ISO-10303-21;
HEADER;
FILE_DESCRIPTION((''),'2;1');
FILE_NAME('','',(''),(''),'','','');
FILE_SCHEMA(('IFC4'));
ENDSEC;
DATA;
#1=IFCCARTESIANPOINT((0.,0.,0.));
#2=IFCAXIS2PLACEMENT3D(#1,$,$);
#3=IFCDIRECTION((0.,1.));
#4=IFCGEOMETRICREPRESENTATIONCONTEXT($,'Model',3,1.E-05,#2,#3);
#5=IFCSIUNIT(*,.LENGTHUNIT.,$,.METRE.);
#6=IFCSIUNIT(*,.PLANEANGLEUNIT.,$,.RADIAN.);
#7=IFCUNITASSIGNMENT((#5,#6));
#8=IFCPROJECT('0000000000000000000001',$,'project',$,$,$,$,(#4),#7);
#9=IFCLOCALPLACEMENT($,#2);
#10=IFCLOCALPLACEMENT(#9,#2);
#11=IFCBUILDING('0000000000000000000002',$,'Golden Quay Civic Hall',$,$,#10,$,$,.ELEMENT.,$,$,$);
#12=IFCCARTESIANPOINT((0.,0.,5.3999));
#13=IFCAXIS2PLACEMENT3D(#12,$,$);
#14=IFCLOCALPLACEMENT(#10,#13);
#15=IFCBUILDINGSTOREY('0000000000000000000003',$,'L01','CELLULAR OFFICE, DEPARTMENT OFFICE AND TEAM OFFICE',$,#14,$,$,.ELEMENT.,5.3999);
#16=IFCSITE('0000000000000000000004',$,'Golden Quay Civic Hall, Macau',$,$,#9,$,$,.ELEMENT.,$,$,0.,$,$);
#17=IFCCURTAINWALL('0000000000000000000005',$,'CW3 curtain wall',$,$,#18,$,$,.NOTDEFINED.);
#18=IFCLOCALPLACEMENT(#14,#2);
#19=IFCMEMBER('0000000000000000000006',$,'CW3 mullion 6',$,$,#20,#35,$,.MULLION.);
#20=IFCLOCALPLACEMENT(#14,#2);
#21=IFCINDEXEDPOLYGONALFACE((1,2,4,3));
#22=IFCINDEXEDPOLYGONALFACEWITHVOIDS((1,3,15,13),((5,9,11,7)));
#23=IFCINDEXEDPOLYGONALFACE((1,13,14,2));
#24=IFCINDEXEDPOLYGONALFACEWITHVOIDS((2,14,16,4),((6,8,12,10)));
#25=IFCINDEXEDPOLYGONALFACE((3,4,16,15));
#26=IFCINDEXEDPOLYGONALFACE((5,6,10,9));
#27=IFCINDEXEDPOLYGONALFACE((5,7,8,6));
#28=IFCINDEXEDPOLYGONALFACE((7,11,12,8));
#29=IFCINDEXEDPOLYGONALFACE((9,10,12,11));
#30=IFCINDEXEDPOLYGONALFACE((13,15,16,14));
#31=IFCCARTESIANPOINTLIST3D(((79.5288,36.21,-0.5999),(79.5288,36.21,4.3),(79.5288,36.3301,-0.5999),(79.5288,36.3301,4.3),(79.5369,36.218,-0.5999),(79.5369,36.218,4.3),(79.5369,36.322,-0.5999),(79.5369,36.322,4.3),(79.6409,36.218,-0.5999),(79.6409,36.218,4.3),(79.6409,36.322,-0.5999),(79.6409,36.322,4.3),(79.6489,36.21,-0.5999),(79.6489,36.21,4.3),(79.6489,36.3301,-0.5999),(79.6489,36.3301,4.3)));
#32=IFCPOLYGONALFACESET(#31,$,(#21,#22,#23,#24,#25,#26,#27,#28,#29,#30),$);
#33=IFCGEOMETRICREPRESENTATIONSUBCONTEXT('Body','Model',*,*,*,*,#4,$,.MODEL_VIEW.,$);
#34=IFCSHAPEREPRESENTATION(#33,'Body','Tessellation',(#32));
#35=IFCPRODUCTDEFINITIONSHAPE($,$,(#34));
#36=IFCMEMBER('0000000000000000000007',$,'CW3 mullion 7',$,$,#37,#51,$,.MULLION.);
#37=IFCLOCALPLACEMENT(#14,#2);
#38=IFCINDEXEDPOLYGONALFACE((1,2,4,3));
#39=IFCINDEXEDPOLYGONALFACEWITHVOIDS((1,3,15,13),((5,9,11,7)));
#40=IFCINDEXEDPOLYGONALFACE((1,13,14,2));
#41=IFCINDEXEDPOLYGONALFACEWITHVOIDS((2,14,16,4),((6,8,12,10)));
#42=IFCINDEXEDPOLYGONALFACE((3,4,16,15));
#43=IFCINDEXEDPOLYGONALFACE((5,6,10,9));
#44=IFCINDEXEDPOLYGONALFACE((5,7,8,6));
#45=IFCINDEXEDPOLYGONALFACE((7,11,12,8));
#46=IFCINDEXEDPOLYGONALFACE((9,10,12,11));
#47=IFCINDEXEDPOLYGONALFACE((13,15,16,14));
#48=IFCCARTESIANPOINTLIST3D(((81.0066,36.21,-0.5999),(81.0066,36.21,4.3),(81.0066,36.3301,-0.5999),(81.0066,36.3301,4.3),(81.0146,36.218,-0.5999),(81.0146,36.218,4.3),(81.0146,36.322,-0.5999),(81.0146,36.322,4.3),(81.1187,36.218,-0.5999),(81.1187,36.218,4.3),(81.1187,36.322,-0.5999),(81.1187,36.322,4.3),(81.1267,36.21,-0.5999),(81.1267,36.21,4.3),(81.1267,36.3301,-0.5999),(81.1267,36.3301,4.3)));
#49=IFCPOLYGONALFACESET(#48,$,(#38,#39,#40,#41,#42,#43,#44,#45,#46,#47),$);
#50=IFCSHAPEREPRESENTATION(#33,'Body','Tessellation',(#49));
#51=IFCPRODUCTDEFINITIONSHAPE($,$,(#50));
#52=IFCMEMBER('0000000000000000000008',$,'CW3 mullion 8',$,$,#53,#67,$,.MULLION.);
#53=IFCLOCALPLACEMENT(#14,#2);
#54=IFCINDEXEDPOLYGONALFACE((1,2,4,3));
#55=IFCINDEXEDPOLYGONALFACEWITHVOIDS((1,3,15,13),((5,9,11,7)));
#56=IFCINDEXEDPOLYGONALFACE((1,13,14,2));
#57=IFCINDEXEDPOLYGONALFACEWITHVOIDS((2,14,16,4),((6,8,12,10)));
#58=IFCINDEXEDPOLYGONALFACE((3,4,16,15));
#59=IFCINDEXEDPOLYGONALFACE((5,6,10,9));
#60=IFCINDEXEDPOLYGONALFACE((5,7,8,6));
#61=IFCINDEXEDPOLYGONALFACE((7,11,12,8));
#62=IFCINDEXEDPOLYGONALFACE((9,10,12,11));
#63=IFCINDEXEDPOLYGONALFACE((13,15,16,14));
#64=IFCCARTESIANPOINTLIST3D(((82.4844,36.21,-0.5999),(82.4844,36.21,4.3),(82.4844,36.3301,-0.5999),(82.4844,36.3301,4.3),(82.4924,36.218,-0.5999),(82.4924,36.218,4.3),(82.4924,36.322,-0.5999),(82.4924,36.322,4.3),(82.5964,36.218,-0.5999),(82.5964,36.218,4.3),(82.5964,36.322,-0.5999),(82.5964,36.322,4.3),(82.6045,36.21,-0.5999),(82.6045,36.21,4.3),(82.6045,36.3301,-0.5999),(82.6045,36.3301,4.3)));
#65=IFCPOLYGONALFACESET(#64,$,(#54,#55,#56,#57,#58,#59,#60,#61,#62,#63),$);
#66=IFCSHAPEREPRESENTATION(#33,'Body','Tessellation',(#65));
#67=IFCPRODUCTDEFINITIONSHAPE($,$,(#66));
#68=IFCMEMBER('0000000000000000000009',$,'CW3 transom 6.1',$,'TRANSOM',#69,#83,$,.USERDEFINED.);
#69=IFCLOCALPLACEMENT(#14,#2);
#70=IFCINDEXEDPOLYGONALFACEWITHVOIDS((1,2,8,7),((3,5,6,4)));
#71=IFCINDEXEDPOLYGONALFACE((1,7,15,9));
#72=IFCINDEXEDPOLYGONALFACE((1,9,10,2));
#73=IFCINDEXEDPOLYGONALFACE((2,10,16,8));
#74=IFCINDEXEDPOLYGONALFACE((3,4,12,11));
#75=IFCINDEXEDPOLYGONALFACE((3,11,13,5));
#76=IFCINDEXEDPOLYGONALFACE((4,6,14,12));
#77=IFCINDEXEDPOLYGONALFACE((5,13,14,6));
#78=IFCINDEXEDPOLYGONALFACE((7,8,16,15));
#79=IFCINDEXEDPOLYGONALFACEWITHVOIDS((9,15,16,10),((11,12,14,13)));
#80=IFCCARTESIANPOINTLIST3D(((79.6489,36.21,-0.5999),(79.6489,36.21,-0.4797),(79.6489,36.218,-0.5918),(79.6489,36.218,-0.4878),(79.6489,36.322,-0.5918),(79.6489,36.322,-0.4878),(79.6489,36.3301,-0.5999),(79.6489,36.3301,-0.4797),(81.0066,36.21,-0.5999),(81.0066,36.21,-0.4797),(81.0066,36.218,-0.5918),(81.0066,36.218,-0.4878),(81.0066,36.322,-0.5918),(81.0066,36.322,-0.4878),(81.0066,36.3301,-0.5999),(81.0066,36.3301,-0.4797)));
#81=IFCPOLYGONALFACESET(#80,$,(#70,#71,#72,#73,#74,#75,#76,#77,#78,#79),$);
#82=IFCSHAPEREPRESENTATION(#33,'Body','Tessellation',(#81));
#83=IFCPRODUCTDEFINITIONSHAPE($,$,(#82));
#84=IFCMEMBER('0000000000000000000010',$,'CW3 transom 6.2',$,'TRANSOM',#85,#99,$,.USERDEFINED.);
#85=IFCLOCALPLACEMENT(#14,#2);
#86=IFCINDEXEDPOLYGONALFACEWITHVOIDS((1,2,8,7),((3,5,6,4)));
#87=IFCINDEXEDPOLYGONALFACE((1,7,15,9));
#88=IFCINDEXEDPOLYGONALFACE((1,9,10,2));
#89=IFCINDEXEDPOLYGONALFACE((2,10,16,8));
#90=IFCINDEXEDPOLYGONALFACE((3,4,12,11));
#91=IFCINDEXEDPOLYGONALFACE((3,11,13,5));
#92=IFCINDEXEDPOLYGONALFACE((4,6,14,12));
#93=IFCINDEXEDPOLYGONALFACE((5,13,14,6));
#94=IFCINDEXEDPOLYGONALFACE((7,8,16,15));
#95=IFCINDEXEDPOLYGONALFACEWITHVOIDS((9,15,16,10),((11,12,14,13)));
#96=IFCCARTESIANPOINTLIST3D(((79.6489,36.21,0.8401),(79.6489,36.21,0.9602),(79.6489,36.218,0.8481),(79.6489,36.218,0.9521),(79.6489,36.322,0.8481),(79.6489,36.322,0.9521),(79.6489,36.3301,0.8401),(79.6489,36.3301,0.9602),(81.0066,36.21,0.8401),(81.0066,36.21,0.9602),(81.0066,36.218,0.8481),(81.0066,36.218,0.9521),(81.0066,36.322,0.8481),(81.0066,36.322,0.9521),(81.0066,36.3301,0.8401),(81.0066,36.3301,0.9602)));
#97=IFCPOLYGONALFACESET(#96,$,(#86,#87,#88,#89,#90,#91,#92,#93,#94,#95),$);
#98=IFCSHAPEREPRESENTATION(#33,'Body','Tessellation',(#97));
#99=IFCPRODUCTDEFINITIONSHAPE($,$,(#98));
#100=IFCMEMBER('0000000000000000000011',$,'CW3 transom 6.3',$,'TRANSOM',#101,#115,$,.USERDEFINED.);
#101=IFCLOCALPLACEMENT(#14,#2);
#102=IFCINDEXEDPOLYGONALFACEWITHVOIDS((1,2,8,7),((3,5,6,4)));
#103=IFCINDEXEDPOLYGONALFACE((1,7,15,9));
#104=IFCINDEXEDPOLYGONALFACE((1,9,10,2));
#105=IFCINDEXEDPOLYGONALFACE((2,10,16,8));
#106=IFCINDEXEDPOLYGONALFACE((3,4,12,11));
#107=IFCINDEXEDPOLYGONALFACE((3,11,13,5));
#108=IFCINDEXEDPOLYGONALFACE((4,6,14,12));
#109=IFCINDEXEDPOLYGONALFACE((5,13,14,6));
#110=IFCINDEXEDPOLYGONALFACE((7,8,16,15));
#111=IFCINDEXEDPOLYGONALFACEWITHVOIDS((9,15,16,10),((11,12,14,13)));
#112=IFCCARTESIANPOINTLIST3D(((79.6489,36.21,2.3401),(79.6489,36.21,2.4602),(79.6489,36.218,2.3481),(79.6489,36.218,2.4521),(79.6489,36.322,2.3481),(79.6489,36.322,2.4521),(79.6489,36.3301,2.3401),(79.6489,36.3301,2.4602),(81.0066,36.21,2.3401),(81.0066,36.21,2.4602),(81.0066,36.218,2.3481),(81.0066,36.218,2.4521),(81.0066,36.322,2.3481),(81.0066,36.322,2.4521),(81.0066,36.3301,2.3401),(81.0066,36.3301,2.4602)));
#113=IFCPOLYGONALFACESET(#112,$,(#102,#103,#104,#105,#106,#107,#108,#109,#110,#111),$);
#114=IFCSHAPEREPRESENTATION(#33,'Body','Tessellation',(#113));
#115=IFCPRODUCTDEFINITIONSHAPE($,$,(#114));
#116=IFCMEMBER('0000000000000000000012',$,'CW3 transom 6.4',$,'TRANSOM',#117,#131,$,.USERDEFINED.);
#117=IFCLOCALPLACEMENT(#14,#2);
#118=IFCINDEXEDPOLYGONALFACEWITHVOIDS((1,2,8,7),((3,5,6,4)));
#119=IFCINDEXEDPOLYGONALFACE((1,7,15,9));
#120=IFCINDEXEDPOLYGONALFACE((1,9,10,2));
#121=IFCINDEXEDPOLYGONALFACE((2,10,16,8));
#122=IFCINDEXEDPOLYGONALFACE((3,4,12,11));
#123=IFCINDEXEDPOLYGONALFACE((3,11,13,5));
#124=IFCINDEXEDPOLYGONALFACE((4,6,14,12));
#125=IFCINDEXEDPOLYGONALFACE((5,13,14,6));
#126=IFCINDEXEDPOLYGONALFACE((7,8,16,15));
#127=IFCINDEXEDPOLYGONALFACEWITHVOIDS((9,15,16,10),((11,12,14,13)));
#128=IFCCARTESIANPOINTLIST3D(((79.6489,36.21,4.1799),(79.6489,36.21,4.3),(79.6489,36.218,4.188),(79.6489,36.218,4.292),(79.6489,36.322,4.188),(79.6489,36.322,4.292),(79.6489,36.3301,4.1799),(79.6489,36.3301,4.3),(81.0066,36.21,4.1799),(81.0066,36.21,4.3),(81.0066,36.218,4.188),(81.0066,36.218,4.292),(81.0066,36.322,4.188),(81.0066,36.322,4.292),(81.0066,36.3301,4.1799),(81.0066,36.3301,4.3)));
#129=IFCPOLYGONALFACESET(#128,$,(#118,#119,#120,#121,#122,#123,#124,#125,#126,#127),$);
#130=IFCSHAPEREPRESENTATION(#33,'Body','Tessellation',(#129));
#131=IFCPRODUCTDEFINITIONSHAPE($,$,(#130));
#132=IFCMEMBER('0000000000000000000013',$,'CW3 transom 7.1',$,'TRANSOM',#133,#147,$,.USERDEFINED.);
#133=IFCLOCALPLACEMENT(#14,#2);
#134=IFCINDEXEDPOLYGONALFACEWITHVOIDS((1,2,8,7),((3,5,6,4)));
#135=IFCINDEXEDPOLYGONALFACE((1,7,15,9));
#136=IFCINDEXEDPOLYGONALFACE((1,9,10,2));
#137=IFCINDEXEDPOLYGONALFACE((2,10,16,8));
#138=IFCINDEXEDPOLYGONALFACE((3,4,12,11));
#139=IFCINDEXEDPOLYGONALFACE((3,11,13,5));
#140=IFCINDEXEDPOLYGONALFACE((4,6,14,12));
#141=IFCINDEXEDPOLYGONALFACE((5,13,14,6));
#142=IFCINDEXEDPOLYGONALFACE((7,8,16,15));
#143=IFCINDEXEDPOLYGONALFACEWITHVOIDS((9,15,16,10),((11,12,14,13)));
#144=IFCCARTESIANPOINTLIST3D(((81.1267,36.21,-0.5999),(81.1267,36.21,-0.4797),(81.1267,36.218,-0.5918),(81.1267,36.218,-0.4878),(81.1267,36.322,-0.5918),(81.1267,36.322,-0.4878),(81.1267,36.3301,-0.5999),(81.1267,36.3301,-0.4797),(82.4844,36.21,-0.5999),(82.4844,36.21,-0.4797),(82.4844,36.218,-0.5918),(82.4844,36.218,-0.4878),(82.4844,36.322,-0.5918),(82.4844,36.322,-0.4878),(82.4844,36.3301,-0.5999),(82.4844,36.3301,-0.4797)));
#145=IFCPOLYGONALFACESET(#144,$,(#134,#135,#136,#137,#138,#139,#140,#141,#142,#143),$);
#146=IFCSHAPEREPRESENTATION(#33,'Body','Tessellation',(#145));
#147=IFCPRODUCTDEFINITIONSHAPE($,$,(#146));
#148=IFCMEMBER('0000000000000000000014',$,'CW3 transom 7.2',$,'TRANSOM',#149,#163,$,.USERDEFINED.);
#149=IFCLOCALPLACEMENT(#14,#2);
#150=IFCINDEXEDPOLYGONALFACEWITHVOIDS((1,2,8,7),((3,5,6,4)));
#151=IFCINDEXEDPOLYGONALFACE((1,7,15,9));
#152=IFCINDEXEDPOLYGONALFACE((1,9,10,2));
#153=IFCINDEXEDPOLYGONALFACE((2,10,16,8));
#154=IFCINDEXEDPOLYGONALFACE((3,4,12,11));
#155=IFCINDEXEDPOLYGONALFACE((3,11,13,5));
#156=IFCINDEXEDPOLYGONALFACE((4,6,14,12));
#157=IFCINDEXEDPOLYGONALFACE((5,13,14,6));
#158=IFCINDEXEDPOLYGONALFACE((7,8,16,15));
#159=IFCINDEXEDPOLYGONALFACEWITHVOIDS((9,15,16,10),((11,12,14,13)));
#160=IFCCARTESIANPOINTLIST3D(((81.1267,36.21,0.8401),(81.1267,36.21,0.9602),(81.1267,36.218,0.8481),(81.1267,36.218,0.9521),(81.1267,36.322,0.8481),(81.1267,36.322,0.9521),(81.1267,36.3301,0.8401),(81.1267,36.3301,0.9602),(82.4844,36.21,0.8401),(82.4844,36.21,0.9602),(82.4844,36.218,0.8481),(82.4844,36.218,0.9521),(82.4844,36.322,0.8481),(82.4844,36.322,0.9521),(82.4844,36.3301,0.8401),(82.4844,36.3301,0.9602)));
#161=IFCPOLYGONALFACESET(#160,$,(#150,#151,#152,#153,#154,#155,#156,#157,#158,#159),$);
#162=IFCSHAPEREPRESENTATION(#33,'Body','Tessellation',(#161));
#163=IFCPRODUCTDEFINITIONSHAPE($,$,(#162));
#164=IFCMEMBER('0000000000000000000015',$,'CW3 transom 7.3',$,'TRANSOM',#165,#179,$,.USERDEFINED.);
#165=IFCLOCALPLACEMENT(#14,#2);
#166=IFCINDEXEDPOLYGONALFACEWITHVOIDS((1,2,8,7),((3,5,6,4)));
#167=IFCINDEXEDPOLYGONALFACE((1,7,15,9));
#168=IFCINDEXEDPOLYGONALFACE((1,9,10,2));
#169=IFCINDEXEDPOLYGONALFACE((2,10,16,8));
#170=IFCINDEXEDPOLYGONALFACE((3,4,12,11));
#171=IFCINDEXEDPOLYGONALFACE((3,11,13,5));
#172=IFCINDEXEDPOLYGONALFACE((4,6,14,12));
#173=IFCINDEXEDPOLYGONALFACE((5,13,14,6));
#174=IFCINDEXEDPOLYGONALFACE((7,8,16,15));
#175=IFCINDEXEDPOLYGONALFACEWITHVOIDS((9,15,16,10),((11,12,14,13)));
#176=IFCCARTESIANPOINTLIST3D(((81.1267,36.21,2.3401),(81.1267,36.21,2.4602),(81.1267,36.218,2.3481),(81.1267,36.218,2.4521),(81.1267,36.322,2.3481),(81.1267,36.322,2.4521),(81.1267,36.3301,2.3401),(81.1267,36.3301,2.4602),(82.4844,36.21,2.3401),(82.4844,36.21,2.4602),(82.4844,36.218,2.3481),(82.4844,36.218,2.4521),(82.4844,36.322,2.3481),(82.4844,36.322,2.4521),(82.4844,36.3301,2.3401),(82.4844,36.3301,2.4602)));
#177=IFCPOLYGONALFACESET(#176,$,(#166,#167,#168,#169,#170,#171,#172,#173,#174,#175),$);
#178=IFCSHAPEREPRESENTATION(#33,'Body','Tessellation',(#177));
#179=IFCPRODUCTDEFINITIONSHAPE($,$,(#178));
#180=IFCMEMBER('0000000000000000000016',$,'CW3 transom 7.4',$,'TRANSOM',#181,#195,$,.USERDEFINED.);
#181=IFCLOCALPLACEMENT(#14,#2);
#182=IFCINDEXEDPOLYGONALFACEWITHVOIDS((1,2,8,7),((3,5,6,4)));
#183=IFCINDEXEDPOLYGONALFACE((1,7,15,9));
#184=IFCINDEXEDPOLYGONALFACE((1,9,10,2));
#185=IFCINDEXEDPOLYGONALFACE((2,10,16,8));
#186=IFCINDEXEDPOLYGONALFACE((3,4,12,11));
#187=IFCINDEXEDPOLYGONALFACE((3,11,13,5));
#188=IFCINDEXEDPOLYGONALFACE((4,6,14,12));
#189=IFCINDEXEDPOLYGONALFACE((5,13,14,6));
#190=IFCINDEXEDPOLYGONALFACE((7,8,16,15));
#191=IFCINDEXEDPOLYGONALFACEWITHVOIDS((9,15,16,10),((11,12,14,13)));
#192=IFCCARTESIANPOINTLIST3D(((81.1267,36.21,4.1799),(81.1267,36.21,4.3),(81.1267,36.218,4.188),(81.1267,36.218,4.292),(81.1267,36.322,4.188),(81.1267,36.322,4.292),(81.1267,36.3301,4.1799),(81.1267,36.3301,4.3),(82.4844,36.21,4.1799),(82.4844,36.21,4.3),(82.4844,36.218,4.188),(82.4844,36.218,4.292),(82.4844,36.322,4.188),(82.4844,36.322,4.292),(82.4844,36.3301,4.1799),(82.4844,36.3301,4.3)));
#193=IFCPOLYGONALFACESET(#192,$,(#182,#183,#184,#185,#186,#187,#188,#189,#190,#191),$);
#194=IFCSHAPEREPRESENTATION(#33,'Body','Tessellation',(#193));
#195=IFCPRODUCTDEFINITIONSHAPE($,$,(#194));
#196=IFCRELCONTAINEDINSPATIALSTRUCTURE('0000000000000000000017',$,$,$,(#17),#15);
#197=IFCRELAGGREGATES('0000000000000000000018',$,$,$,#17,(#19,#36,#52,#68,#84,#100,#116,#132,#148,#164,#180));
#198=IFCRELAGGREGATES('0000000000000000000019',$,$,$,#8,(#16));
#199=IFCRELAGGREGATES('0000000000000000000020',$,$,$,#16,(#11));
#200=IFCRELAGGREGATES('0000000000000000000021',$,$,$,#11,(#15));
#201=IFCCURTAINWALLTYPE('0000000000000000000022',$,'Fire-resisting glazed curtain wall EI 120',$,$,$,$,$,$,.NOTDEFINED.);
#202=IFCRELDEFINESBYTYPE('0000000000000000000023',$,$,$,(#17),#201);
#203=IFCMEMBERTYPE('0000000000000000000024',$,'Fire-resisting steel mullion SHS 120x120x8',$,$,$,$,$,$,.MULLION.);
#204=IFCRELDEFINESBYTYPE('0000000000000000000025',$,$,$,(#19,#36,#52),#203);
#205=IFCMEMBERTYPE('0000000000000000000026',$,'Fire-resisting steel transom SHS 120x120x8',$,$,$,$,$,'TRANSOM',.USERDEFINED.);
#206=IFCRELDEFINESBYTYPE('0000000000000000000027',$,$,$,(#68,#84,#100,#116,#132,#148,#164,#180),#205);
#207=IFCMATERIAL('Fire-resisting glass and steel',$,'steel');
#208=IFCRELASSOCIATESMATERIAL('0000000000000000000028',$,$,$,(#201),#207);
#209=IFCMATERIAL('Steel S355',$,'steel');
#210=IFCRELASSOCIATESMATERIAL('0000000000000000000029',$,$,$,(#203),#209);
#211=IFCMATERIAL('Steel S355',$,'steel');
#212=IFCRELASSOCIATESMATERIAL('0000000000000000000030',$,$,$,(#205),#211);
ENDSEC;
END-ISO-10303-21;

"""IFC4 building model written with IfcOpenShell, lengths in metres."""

from ifc_helpers import new_model, si_unit, direction, frame, origin, origin_2d, place, context, subcontext, project, spatial, hollow_rectangle, extrude, material, material_profile, profile_set, type_object, element, aggregate, save


model = new_model("IFC4")

# Units and contexts
model_context = context("Model", 3, precision=1e-05, world=origin(), true_north=direction((0.0, 1.0)))
body_context = subcontext(model_context, "Body", "Model", "MODEL_VIEW")
ifc_project = project(units=[si_unit("LENGTHUNIT", "METRE"), si_unit("PLANEANGLEUNIT", "RADIAN")], contexts=[model_context])

# Site, building, storey
site_placement = place(None, origin())
site = spatial("IfcSite", under=ifc_project, at=site_placement, Name="Golden Quay Civic Hall, Macau", CompositionType="ELEMENT", RefElevation=0.0)
building_placement = place(site_placement, origin())
building = spatial("IfcBuilding", under=site, at=building_placement, Name="Golden Quay Civic Hall", CompositionType="ELEMENT")
storey_placement = place(building_placement, frame((0.0, 0.0, 5.3999)))
storey = spatial("IfcBuildingStorey", under=building, at=storey_placement, Name="L01", Description="CELLULAR OFFICE, DEPARTMENT OFFICE AND TEAM OFFICE", CompositionType="ELEMENT", Elevation=5.3999)

# Curtain wall, members
ifc_material_1 = material(Name="Fire-resisting glass and steel", Category="steel")
curtain_wall_type = type_object("IfcCurtainWallType", Name="Fire-resisting glazed curtain wall EI 120", PredefinedType="NOTDEFINED", material=ifc_material_1)
curtain_wall_placement = place(storey_placement, origin())
curtain_wall = element("IfcCurtainWall", 1, at=curtain_wall_placement, inside=storey, type_object=curtain_wall_type, Name="CW3 curtain wall", PredefinedType="NOTDEFINED")
ifc_material_2 = material(Name="Steel S355", Category="steel")
ifc_material_profile_1 = material_profile(ifc_material_2, hollow_rectangle(XDim=0.1201, YDim=0.1201, WallThickness=0.0081, at=origin_2d()), Name="SHS 120x120x8")
ifc_profile_set_1 = profile_set([ifc_material_profile_1], Name="Steel S355")
member_type_1 = type_object("IfcMemberType", Name="Fire-resisting steel mullion SHS 120x120x8", PredefinedType="MULLION", material=ifc_profile_set_1)
member_1_placement = place(storey_placement, frame((79.5889, 36.27, -0.5999), z_axis=(0.0, 0.0, 1.0), x_axis=(0.0, 1.0, 0.0)))
member_1 = element("IfcMember", 2, at=member_1_placement, type_object=member_type_1, Name="CW3 mullion 6", PredefinedType="MULLION", context=body_context, shape_type="SweptSolid", body=[
    extrude(hollow_rectangle(XDim=0.1201, YDim=0.1201, WallThickness=0.0081, at=origin_2d()), origin(), (0.0, 0.0, 1.0), 4.8999),
])
member_2_placement = place(storey_placement, frame((81.0667, 36.27, -0.5999), z_axis=(0.0, 0.0, 1.0), x_axis=(0.0, 1.0, 0.0)))
member_2 = element("IfcMember", 3, at=member_2_placement, type_object=member_type_1, Name="CW3 mullion 7", PredefinedType="MULLION", context=body_context, shape_type="SweptSolid", body=[
    extrude(hollow_rectangle(XDim=0.1201, YDim=0.1201, WallThickness=0.0081, at=origin_2d()), origin(), (0.0, 0.0, 1.0), 4.8999),
])
member_3_placement = place(storey_placement, frame((82.5444, 36.27, -0.5999), z_axis=(0.0, 0.0, 1.0), x_axis=(0.0, 1.0, 0.0)))
member_3 = element("IfcMember", 4, at=member_3_placement, type_object=member_type_1, Name="CW3 mullion 8", PredefinedType="MULLION", context=body_context, shape_type="SweptSolid", body=[
    extrude(hollow_rectangle(XDim=0.1201, YDim=0.1201, WallThickness=0.0081, at=origin_2d()), origin(), (0.0, 0.0, 1.0), 4.8999),
])
ifc_material_3 = material(Name="Steel S355", Category="steel")
ifc_material_profile_2 = material_profile(ifc_material_3, hollow_rectangle(XDim=0.1201, YDim=0.1201, WallThickness=0.0081, at=origin_2d()), Name="SHS 120x120x8")
ifc_profile_set_2 = profile_set([ifc_material_profile_2], Name="Steel S355")
member_type_2 = type_object("IfcMemberType", Name="Fire-resisting steel transom SHS 120x120x8", ElementType="TRANSOM", PredefinedType="USERDEFINED", material=ifc_profile_set_2)
member_4_placement = place(storey_placement, frame((79.6489, 36.27, -0.5398), z_axis=(1.0, 0.0, 0.0), x_axis=(0.0, 1.0, 0.0)))
member_4 = element("IfcMember", 5, at=member_4_placement, type_object=member_type_2, Name="CW3 transom 6.1", ObjectType="TRANSOM", PredefinedType="USERDEFINED", context=body_context, shape_type="SweptSolid", body=[
    extrude(hollow_rectangle(XDim=0.1201, YDim=0.1201, WallThickness=0.0081, at=origin_2d()), origin(), (0.0, 0.0, 1.0), 1.3577),
])
member_5_placement = place(storey_placement, frame((79.6489, 36.27, 0.9001), z_axis=(1.0, 0.0, 0.0), x_axis=(0.0, 1.0, 0.0)))
member_5 = element("IfcMember", 6, at=member_5_placement, type_object=member_type_2, Name="CW3 transom 6.2", ObjectType="TRANSOM", PredefinedType="USERDEFINED", context=body_context, shape_type="SweptSolid", body=[
    extrude(hollow_rectangle(XDim=0.1201, YDim=0.1201, WallThickness=0.0081, at=origin_2d()), origin(), (0.0, 0.0, 1.0), 1.3577),
])
member_6_placement = place(storey_placement, frame((79.6489, 36.27, 2.4001), z_axis=(1.0, 0.0, 0.0), x_axis=(0.0, 1.0, 0.0)))
member_6 = element("IfcMember", 7, at=member_6_placement, type_object=member_type_2, Name="CW3 transom 6.3", ObjectType="TRANSOM", PredefinedType="USERDEFINED", context=body_context, shape_type="SweptSolid", body=[
    extrude(hollow_rectangle(XDim=0.1201, YDim=0.1201, WallThickness=0.0081, at=origin_2d()), origin(), (0.0, 0.0, 1.0), 1.3577),
])
member_7_placement = place(storey_placement, frame((79.6489, 36.27, 4.24), z_axis=(1.0, 0.0, 0.0), x_axis=(0.0, 1.0, 0.0)))
member_7 = element("IfcMember", 8, at=member_7_placement, type_object=member_type_2, Name="CW3 transom 6.4", ObjectType="TRANSOM", PredefinedType="USERDEFINED", context=body_context, shape_type="SweptSolid", body=[
    extrude(hollow_rectangle(XDim=0.1201, YDim=0.1201, WallThickness=0.0081, at=origin_2d()), origin(), (0.0, 0.0, 1.0), 1.3577),
])
member_8_placement = place(storey_placement, frame((81.1267, 36.27, -0.5398), z_axis=(1.0, 0.0, 0.0), x_axis=(0.0, 1.0, 0.0)))
member_8 = element("IfcMember", 9, at=member_8_placement, type_object=member_type_2, Name="CW3 transom 7.1", ObjectType="TRANSOM", PredefinedType="USERDEFINED", context=body_context, shape_type="SweptSolid", body=[
    extrude(hollow_rectangle(XDim=0.1201, YDim=0.1201, WallThickness=0.0081, at=origin_2d()), origin(), (0.0, 0.0, 1.0), 1.3577),
])
member_9_placement = place(storey_placement, frame((81.1267, 36.27, 0.9001), z_axis=(1.0, 0.0, 0.0), x_axis=(0.0, 1.0, 0.0)))
member_9 = element("IfcMember", 10, at=member_9_placement, type_object=member_type_2, Name="CW3 transom 7.2", ObjectType="TRANSOM", PredefinedType="USERDEFINED", context=body_context, shape_type="SweptSolid", body=[
    extrude(hollow_rectangle(XDim=0.1201, YDim=0.1201, WallThickness=0.0081, at=origin_2d()), origin(), (0.0, 0.0, 1.0), 1.3577),
])
member_10_placement = place(storey_placement, frame((81.1267, 36.27, 2.4001), z_axis=(1.0, 0.0, 0.0), x_axis=(0.0, 1.0, 0.0)))
member_10 = element("IfcMember", 11, at=member_10_placement, type_object=member_type_2, Name="CW3 transom 7.3", ObjectType="TRANSOM", PredefinedType="USERDEFINED", context=body_context, shape_type="SweptSolid", body=[
    extrude(hollow_rectangle(XDim=0.1201, YDim=0.1201, WallThickness=0.0081, at=origin_2d()), origin(), (0.0, 0.0, 1.0), 1.3577),
])
member_11_placement = place(storey_placement, frame((81.1267, 36.27, 4.24), z_axis=(1.0, 0.0, 0.0), x_axis=(0.0, 1.0, 0.0)))
member_11 = element("IfcMember", 12, at=member_11_placement, type_object=member_type_2, Name="CW3 transom 7.4", ObjectType="TRANSOM", PredefinedType="USERDEFINED", context=body_context, shape_type="SweptSolid", body=[
    extrude(hollow_rectangle(XDim=0.1201, YDim=0.1201, WallThickness=0.0081, at=origin_2d()), origin(), (0.0, 0.0, 1.0), 1.3577),
])
aggregate(curtain_wall, [member_1, member_2, member_3, member_4, member_5, member_6, member_7, member_8, member_9, member_10, member_11])

save(model, "model.ifc")
